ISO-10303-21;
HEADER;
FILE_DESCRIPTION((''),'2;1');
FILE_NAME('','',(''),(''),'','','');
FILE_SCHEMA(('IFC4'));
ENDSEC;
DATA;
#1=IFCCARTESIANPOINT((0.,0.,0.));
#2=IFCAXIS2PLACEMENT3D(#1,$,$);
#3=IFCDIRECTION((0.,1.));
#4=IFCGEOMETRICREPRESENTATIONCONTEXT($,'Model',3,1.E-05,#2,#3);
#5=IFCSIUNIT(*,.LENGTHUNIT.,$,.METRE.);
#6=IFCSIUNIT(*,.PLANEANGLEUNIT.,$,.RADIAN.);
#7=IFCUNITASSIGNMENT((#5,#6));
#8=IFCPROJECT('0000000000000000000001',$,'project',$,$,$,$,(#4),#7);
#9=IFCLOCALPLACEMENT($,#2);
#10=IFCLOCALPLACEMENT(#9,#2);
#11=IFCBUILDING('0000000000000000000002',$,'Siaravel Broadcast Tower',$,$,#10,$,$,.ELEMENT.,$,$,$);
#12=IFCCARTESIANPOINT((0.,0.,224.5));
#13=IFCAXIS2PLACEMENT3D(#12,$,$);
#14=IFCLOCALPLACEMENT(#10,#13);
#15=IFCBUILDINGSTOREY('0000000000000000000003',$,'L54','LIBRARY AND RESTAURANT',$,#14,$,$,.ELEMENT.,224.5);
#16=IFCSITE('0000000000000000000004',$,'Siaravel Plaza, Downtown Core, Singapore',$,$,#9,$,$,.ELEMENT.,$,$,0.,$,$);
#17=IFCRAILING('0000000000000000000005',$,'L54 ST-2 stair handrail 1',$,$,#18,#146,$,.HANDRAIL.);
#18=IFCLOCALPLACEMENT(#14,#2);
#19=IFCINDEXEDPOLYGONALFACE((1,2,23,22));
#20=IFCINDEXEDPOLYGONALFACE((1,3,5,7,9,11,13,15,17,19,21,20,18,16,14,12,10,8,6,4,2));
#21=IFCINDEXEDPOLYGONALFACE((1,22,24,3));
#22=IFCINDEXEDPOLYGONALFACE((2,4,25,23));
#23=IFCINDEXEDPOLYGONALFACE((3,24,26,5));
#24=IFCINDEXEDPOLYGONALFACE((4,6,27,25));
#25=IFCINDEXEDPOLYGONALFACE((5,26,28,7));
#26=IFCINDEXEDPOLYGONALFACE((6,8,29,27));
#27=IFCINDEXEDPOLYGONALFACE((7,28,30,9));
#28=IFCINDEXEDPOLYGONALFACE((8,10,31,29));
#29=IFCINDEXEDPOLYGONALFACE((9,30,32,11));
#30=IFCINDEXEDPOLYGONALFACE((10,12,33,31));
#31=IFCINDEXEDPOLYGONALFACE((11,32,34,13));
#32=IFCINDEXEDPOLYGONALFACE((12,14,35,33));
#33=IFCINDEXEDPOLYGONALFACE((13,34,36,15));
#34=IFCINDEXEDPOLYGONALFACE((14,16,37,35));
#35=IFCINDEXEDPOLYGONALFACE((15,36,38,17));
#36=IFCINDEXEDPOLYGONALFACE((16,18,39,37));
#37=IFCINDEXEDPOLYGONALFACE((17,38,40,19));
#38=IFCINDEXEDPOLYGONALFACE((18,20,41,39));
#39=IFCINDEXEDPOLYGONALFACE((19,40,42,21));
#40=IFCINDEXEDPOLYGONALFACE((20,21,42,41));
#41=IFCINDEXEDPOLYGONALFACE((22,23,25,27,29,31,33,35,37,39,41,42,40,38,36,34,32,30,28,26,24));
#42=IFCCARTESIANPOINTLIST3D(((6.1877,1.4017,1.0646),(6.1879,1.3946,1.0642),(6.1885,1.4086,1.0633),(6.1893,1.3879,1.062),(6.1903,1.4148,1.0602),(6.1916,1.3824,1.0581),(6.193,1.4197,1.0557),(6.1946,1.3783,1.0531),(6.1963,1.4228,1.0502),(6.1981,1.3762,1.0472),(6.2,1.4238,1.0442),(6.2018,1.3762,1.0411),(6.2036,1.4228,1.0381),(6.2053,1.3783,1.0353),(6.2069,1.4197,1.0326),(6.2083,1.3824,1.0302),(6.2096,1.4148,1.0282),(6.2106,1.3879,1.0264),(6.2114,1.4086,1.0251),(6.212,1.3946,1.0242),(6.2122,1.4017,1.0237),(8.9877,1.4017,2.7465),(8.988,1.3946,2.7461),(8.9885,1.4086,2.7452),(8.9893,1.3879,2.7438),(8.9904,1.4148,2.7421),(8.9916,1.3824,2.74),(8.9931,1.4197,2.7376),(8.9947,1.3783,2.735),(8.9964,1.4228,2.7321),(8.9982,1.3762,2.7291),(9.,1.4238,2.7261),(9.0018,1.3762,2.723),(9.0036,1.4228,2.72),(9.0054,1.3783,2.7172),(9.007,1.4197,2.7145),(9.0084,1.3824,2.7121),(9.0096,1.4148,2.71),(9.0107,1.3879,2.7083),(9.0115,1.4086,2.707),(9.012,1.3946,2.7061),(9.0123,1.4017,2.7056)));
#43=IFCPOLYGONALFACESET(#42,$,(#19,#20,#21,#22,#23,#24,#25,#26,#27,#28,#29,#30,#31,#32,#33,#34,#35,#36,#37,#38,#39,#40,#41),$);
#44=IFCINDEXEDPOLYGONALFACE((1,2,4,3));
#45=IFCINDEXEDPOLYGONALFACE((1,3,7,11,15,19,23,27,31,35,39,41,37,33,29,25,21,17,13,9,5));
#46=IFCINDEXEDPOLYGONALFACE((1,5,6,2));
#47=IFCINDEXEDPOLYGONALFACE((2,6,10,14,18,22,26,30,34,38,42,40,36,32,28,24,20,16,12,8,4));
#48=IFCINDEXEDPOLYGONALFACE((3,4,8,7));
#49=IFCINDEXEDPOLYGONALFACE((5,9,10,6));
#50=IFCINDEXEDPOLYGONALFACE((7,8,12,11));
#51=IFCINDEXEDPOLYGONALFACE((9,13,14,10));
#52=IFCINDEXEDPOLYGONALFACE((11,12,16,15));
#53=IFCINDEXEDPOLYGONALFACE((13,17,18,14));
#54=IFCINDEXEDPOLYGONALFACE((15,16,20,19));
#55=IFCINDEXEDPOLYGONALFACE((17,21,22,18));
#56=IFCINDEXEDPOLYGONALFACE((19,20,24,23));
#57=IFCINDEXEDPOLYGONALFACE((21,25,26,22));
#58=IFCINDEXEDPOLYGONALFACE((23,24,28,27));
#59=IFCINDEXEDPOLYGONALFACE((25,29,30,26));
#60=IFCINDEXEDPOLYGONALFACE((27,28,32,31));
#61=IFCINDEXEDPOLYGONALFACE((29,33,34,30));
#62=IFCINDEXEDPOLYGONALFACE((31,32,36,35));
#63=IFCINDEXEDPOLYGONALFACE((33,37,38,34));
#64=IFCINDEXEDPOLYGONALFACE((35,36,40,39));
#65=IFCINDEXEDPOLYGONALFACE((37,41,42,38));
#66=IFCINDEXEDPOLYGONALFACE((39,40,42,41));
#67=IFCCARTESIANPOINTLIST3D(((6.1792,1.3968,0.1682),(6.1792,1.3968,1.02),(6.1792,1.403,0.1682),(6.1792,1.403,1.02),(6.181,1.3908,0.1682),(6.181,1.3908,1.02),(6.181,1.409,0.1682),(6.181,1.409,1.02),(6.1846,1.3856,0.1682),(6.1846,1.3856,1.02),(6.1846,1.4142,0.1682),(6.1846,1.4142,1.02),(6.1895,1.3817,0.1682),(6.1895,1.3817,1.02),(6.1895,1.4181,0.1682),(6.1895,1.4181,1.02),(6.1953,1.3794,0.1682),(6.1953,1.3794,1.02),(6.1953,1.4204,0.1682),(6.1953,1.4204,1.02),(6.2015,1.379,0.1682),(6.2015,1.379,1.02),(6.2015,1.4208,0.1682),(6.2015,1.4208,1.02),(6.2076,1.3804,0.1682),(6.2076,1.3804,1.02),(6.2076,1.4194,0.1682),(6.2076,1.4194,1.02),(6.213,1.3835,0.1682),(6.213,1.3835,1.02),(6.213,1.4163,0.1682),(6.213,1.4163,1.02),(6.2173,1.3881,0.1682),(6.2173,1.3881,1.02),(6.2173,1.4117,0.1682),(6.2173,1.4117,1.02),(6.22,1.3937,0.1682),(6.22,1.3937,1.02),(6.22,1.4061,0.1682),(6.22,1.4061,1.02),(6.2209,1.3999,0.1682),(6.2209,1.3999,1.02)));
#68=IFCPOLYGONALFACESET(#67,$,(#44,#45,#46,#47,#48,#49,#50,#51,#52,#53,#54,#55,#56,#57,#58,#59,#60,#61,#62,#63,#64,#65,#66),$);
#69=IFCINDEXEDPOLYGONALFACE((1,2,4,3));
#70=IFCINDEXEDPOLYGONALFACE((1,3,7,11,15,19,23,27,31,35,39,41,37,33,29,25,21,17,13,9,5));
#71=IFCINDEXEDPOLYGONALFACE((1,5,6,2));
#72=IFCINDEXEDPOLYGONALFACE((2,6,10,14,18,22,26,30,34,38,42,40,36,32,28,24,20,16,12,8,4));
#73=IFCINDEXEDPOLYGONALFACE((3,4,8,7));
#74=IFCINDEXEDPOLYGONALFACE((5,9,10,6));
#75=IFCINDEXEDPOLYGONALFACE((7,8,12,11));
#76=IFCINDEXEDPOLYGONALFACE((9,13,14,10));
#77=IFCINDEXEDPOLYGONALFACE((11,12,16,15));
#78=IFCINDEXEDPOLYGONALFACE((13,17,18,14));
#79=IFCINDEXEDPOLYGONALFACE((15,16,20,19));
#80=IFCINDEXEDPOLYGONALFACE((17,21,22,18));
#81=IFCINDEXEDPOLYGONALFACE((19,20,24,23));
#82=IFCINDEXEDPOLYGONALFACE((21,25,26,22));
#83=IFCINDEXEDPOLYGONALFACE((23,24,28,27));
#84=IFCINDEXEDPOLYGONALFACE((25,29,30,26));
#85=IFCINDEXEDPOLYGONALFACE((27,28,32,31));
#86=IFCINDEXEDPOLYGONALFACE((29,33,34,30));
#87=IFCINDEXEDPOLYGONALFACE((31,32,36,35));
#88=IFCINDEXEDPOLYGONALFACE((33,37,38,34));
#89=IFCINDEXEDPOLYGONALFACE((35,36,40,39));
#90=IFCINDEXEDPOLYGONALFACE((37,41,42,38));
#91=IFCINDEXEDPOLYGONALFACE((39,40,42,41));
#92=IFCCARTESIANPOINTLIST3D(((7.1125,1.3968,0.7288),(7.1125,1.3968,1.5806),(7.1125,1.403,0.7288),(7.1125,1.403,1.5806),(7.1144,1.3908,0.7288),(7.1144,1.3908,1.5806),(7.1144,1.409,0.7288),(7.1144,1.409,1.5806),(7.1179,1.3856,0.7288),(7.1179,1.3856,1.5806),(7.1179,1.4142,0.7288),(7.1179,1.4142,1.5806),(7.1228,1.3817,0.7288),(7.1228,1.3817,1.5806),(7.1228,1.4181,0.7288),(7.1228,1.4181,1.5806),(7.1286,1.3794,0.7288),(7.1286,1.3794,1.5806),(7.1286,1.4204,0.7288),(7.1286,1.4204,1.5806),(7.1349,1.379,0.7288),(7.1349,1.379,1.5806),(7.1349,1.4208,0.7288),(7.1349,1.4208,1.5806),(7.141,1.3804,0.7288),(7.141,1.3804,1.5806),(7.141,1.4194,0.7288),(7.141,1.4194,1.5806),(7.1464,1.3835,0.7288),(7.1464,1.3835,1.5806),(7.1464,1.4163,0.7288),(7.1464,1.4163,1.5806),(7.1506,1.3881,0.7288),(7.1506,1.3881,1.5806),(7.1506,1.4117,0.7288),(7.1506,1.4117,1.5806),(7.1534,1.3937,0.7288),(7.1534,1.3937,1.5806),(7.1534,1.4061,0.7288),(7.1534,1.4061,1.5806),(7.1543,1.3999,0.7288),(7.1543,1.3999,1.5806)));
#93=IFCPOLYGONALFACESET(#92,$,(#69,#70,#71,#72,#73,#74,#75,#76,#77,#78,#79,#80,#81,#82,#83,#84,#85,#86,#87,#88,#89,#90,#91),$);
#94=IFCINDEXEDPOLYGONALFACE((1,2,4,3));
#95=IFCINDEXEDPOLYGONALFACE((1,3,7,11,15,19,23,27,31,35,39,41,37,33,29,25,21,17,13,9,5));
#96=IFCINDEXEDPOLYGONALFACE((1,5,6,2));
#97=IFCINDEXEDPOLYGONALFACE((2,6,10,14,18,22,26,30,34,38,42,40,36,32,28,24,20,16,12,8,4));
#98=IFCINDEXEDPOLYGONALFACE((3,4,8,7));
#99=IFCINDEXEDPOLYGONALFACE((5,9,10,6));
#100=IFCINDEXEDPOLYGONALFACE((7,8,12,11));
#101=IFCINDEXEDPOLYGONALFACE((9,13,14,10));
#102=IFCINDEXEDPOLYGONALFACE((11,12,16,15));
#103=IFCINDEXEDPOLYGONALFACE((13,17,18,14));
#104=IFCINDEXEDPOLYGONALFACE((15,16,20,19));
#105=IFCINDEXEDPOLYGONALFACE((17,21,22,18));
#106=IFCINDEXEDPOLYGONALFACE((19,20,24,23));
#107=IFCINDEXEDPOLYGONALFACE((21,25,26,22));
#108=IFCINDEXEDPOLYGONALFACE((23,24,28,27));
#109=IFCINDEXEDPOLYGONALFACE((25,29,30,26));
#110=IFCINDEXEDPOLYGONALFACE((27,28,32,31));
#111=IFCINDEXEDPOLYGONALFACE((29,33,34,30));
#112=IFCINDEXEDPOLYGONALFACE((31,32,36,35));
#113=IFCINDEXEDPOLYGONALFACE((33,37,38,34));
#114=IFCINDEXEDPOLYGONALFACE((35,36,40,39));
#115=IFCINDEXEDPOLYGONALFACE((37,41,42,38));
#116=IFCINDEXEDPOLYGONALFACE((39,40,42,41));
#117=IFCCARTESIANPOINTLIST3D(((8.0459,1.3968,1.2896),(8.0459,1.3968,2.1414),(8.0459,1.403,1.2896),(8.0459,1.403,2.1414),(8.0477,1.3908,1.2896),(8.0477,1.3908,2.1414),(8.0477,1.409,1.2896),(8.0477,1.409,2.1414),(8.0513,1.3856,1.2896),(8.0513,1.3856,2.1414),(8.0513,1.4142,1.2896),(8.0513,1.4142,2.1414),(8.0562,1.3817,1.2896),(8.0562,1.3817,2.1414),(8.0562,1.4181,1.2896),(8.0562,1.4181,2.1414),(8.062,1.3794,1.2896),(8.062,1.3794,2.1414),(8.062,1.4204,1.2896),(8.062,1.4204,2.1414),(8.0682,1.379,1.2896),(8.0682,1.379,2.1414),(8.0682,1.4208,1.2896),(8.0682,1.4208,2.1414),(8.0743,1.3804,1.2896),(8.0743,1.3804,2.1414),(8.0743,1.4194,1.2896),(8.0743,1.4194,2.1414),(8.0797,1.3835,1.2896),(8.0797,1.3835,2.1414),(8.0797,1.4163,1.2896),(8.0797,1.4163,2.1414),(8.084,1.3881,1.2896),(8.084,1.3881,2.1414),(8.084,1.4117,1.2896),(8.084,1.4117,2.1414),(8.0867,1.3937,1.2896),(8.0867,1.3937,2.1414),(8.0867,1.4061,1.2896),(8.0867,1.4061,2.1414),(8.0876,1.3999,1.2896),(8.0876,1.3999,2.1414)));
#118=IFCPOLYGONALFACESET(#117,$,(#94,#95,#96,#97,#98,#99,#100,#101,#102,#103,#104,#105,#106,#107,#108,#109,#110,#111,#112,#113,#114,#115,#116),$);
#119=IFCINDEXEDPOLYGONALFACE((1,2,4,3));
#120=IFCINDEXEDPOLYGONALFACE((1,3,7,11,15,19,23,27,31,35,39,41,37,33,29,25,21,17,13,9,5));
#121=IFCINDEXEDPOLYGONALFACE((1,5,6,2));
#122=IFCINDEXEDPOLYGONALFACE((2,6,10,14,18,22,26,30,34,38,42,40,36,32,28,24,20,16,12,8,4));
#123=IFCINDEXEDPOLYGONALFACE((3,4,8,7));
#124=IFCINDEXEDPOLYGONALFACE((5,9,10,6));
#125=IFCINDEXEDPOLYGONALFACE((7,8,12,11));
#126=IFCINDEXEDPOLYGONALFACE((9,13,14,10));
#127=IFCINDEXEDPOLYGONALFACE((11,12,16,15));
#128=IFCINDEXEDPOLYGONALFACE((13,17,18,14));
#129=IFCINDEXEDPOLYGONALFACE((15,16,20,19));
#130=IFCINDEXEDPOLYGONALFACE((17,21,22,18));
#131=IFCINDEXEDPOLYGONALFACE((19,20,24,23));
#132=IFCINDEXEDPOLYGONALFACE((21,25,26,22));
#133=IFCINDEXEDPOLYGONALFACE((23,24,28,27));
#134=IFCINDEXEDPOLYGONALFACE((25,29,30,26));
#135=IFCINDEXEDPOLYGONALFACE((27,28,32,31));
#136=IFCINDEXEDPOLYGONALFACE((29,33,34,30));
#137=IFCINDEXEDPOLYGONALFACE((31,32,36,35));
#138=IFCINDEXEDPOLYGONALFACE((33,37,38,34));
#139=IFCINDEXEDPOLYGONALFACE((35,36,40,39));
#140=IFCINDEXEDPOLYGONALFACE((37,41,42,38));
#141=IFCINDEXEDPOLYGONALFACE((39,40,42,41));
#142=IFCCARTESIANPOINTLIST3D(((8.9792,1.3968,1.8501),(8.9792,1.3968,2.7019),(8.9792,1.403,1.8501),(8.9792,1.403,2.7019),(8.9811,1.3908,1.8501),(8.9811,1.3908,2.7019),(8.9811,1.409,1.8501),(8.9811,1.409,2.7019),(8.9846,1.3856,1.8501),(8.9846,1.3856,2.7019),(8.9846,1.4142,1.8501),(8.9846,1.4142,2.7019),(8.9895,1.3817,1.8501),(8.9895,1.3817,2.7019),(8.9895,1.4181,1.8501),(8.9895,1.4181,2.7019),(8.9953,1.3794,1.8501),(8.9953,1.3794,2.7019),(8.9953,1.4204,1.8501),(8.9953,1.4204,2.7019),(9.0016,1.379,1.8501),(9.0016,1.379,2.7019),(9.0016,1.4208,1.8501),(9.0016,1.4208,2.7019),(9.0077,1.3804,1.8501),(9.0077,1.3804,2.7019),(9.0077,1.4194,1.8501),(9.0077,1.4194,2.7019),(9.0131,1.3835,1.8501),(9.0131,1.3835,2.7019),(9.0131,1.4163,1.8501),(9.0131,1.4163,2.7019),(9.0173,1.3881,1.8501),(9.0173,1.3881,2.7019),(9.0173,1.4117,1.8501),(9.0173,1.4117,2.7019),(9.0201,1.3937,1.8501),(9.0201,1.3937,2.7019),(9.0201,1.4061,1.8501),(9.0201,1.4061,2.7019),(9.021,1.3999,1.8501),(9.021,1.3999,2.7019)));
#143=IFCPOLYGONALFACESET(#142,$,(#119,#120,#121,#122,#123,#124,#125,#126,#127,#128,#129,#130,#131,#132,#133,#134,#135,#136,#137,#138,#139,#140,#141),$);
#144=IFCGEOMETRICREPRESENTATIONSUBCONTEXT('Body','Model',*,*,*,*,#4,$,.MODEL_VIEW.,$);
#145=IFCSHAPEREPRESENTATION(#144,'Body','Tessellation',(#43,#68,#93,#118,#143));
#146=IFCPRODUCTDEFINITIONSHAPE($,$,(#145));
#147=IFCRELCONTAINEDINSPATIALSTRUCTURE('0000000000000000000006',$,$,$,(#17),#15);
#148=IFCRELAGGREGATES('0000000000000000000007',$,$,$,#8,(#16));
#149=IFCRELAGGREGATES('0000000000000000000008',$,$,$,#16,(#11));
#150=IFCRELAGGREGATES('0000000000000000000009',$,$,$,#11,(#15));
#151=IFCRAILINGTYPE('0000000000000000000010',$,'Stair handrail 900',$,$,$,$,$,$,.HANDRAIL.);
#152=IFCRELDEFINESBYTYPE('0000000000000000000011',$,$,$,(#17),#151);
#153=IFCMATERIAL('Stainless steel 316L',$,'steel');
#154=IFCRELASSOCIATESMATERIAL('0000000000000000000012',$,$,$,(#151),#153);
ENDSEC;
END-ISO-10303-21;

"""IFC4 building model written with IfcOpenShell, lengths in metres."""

from ifc_helpers import new_model, si_unit, direction, frame, origin, origin_2d, place, context, subcontext, project, spatial, circle, extrude, material, type_object, element, save


model = new_model("IFC4")

# Units and contexts
model_context = context("Model", 3, precision=1e-05, world=origin(), true_north=direction((0.0, 1.0)))
body_context = subcontext(model_context, "Body", "Model", "MODEL_VIEW")
ifc_project = project(units=[si_unit("LENGTHUNIT", "METRE"), si_unit("PLANEANGLEUNIT", "RADIAN")], contexts=[model_context])

# Site, building, storey
site_placement = place(None, origin())
site = spatial("IfcSite", under=ifc_project, at=site_placement, Name="Siaravel Plaza, Downtown Core, Singapore", CompositionType="ELEMENT", RefElevation=0.0)
building_placement = place(site_placement, origin())
building = spatial("IfcBuilding", under=site, at=building_placement, Name="Siaravel Broadcast Tower", CompositionType="ELEMENT")
storey_placement = place(building_placement, frame((0.0, 0.0, 224.5)))
storey = spatial("IfcBuildingStorey", under=building, at=storey_placement, Name="L54", Description="LIBRARY AND RESTAURANT", CompositionType="ELEMENT", Elevation=224.5)

# Railing
ifc_material_1 = material(Name="Stainless steel 316L", Category="steel")
railing_type_1 = type_object("IfcRailingType", Name="Stair handrail 900", PredefinedType="HANDRAIL", material=ifc_material_1)
railing_1_placement = place(storey_placement, frame((6.2, 1.3999, 0.1682)))
element("IfcRailing", 1, at=railing_1_placement, inside=storey, type_object=railing_type_1, Name="L54 ST-2 stair handrail 1", PredefinedType="HANDRAIL", context=body_context, shape_type="SweptSolid", body=[
    extrude(circle(Radius=0.0239, at=origin_2d()), frame((0.0, 0.0, 0.876), z_axis=(0.857242, 0.0, 0.514913), x_axis=(0.0, 1.0, 0.0)), (0.0, 0.0, 1.0), 3.2664),
    extrude(circle(Radius=0.021, at=origin_2d()), origin(), (0.0, 0.0, 1.0), 0.8518),
    extrude(circle(Radius=0.021, at=origin_2d()), frame((0.9333, 0.0, 0.5605)), (0.0, 0.0, 1.0), 0.8518),
    extrude(circle(Radius=0.021, at=origin_2d()), frame((1.8667, 0.0, 1.1213)), (0.0, 0.0, 1.0), 0.8518),
    extrude(circle(Radius=0.021, at=origin_2d()), frame((2.8, 0.0, 1.6819)), (0.0, 0.0, 1.0), 0.8518),
])

save(model, "model.ifc")
